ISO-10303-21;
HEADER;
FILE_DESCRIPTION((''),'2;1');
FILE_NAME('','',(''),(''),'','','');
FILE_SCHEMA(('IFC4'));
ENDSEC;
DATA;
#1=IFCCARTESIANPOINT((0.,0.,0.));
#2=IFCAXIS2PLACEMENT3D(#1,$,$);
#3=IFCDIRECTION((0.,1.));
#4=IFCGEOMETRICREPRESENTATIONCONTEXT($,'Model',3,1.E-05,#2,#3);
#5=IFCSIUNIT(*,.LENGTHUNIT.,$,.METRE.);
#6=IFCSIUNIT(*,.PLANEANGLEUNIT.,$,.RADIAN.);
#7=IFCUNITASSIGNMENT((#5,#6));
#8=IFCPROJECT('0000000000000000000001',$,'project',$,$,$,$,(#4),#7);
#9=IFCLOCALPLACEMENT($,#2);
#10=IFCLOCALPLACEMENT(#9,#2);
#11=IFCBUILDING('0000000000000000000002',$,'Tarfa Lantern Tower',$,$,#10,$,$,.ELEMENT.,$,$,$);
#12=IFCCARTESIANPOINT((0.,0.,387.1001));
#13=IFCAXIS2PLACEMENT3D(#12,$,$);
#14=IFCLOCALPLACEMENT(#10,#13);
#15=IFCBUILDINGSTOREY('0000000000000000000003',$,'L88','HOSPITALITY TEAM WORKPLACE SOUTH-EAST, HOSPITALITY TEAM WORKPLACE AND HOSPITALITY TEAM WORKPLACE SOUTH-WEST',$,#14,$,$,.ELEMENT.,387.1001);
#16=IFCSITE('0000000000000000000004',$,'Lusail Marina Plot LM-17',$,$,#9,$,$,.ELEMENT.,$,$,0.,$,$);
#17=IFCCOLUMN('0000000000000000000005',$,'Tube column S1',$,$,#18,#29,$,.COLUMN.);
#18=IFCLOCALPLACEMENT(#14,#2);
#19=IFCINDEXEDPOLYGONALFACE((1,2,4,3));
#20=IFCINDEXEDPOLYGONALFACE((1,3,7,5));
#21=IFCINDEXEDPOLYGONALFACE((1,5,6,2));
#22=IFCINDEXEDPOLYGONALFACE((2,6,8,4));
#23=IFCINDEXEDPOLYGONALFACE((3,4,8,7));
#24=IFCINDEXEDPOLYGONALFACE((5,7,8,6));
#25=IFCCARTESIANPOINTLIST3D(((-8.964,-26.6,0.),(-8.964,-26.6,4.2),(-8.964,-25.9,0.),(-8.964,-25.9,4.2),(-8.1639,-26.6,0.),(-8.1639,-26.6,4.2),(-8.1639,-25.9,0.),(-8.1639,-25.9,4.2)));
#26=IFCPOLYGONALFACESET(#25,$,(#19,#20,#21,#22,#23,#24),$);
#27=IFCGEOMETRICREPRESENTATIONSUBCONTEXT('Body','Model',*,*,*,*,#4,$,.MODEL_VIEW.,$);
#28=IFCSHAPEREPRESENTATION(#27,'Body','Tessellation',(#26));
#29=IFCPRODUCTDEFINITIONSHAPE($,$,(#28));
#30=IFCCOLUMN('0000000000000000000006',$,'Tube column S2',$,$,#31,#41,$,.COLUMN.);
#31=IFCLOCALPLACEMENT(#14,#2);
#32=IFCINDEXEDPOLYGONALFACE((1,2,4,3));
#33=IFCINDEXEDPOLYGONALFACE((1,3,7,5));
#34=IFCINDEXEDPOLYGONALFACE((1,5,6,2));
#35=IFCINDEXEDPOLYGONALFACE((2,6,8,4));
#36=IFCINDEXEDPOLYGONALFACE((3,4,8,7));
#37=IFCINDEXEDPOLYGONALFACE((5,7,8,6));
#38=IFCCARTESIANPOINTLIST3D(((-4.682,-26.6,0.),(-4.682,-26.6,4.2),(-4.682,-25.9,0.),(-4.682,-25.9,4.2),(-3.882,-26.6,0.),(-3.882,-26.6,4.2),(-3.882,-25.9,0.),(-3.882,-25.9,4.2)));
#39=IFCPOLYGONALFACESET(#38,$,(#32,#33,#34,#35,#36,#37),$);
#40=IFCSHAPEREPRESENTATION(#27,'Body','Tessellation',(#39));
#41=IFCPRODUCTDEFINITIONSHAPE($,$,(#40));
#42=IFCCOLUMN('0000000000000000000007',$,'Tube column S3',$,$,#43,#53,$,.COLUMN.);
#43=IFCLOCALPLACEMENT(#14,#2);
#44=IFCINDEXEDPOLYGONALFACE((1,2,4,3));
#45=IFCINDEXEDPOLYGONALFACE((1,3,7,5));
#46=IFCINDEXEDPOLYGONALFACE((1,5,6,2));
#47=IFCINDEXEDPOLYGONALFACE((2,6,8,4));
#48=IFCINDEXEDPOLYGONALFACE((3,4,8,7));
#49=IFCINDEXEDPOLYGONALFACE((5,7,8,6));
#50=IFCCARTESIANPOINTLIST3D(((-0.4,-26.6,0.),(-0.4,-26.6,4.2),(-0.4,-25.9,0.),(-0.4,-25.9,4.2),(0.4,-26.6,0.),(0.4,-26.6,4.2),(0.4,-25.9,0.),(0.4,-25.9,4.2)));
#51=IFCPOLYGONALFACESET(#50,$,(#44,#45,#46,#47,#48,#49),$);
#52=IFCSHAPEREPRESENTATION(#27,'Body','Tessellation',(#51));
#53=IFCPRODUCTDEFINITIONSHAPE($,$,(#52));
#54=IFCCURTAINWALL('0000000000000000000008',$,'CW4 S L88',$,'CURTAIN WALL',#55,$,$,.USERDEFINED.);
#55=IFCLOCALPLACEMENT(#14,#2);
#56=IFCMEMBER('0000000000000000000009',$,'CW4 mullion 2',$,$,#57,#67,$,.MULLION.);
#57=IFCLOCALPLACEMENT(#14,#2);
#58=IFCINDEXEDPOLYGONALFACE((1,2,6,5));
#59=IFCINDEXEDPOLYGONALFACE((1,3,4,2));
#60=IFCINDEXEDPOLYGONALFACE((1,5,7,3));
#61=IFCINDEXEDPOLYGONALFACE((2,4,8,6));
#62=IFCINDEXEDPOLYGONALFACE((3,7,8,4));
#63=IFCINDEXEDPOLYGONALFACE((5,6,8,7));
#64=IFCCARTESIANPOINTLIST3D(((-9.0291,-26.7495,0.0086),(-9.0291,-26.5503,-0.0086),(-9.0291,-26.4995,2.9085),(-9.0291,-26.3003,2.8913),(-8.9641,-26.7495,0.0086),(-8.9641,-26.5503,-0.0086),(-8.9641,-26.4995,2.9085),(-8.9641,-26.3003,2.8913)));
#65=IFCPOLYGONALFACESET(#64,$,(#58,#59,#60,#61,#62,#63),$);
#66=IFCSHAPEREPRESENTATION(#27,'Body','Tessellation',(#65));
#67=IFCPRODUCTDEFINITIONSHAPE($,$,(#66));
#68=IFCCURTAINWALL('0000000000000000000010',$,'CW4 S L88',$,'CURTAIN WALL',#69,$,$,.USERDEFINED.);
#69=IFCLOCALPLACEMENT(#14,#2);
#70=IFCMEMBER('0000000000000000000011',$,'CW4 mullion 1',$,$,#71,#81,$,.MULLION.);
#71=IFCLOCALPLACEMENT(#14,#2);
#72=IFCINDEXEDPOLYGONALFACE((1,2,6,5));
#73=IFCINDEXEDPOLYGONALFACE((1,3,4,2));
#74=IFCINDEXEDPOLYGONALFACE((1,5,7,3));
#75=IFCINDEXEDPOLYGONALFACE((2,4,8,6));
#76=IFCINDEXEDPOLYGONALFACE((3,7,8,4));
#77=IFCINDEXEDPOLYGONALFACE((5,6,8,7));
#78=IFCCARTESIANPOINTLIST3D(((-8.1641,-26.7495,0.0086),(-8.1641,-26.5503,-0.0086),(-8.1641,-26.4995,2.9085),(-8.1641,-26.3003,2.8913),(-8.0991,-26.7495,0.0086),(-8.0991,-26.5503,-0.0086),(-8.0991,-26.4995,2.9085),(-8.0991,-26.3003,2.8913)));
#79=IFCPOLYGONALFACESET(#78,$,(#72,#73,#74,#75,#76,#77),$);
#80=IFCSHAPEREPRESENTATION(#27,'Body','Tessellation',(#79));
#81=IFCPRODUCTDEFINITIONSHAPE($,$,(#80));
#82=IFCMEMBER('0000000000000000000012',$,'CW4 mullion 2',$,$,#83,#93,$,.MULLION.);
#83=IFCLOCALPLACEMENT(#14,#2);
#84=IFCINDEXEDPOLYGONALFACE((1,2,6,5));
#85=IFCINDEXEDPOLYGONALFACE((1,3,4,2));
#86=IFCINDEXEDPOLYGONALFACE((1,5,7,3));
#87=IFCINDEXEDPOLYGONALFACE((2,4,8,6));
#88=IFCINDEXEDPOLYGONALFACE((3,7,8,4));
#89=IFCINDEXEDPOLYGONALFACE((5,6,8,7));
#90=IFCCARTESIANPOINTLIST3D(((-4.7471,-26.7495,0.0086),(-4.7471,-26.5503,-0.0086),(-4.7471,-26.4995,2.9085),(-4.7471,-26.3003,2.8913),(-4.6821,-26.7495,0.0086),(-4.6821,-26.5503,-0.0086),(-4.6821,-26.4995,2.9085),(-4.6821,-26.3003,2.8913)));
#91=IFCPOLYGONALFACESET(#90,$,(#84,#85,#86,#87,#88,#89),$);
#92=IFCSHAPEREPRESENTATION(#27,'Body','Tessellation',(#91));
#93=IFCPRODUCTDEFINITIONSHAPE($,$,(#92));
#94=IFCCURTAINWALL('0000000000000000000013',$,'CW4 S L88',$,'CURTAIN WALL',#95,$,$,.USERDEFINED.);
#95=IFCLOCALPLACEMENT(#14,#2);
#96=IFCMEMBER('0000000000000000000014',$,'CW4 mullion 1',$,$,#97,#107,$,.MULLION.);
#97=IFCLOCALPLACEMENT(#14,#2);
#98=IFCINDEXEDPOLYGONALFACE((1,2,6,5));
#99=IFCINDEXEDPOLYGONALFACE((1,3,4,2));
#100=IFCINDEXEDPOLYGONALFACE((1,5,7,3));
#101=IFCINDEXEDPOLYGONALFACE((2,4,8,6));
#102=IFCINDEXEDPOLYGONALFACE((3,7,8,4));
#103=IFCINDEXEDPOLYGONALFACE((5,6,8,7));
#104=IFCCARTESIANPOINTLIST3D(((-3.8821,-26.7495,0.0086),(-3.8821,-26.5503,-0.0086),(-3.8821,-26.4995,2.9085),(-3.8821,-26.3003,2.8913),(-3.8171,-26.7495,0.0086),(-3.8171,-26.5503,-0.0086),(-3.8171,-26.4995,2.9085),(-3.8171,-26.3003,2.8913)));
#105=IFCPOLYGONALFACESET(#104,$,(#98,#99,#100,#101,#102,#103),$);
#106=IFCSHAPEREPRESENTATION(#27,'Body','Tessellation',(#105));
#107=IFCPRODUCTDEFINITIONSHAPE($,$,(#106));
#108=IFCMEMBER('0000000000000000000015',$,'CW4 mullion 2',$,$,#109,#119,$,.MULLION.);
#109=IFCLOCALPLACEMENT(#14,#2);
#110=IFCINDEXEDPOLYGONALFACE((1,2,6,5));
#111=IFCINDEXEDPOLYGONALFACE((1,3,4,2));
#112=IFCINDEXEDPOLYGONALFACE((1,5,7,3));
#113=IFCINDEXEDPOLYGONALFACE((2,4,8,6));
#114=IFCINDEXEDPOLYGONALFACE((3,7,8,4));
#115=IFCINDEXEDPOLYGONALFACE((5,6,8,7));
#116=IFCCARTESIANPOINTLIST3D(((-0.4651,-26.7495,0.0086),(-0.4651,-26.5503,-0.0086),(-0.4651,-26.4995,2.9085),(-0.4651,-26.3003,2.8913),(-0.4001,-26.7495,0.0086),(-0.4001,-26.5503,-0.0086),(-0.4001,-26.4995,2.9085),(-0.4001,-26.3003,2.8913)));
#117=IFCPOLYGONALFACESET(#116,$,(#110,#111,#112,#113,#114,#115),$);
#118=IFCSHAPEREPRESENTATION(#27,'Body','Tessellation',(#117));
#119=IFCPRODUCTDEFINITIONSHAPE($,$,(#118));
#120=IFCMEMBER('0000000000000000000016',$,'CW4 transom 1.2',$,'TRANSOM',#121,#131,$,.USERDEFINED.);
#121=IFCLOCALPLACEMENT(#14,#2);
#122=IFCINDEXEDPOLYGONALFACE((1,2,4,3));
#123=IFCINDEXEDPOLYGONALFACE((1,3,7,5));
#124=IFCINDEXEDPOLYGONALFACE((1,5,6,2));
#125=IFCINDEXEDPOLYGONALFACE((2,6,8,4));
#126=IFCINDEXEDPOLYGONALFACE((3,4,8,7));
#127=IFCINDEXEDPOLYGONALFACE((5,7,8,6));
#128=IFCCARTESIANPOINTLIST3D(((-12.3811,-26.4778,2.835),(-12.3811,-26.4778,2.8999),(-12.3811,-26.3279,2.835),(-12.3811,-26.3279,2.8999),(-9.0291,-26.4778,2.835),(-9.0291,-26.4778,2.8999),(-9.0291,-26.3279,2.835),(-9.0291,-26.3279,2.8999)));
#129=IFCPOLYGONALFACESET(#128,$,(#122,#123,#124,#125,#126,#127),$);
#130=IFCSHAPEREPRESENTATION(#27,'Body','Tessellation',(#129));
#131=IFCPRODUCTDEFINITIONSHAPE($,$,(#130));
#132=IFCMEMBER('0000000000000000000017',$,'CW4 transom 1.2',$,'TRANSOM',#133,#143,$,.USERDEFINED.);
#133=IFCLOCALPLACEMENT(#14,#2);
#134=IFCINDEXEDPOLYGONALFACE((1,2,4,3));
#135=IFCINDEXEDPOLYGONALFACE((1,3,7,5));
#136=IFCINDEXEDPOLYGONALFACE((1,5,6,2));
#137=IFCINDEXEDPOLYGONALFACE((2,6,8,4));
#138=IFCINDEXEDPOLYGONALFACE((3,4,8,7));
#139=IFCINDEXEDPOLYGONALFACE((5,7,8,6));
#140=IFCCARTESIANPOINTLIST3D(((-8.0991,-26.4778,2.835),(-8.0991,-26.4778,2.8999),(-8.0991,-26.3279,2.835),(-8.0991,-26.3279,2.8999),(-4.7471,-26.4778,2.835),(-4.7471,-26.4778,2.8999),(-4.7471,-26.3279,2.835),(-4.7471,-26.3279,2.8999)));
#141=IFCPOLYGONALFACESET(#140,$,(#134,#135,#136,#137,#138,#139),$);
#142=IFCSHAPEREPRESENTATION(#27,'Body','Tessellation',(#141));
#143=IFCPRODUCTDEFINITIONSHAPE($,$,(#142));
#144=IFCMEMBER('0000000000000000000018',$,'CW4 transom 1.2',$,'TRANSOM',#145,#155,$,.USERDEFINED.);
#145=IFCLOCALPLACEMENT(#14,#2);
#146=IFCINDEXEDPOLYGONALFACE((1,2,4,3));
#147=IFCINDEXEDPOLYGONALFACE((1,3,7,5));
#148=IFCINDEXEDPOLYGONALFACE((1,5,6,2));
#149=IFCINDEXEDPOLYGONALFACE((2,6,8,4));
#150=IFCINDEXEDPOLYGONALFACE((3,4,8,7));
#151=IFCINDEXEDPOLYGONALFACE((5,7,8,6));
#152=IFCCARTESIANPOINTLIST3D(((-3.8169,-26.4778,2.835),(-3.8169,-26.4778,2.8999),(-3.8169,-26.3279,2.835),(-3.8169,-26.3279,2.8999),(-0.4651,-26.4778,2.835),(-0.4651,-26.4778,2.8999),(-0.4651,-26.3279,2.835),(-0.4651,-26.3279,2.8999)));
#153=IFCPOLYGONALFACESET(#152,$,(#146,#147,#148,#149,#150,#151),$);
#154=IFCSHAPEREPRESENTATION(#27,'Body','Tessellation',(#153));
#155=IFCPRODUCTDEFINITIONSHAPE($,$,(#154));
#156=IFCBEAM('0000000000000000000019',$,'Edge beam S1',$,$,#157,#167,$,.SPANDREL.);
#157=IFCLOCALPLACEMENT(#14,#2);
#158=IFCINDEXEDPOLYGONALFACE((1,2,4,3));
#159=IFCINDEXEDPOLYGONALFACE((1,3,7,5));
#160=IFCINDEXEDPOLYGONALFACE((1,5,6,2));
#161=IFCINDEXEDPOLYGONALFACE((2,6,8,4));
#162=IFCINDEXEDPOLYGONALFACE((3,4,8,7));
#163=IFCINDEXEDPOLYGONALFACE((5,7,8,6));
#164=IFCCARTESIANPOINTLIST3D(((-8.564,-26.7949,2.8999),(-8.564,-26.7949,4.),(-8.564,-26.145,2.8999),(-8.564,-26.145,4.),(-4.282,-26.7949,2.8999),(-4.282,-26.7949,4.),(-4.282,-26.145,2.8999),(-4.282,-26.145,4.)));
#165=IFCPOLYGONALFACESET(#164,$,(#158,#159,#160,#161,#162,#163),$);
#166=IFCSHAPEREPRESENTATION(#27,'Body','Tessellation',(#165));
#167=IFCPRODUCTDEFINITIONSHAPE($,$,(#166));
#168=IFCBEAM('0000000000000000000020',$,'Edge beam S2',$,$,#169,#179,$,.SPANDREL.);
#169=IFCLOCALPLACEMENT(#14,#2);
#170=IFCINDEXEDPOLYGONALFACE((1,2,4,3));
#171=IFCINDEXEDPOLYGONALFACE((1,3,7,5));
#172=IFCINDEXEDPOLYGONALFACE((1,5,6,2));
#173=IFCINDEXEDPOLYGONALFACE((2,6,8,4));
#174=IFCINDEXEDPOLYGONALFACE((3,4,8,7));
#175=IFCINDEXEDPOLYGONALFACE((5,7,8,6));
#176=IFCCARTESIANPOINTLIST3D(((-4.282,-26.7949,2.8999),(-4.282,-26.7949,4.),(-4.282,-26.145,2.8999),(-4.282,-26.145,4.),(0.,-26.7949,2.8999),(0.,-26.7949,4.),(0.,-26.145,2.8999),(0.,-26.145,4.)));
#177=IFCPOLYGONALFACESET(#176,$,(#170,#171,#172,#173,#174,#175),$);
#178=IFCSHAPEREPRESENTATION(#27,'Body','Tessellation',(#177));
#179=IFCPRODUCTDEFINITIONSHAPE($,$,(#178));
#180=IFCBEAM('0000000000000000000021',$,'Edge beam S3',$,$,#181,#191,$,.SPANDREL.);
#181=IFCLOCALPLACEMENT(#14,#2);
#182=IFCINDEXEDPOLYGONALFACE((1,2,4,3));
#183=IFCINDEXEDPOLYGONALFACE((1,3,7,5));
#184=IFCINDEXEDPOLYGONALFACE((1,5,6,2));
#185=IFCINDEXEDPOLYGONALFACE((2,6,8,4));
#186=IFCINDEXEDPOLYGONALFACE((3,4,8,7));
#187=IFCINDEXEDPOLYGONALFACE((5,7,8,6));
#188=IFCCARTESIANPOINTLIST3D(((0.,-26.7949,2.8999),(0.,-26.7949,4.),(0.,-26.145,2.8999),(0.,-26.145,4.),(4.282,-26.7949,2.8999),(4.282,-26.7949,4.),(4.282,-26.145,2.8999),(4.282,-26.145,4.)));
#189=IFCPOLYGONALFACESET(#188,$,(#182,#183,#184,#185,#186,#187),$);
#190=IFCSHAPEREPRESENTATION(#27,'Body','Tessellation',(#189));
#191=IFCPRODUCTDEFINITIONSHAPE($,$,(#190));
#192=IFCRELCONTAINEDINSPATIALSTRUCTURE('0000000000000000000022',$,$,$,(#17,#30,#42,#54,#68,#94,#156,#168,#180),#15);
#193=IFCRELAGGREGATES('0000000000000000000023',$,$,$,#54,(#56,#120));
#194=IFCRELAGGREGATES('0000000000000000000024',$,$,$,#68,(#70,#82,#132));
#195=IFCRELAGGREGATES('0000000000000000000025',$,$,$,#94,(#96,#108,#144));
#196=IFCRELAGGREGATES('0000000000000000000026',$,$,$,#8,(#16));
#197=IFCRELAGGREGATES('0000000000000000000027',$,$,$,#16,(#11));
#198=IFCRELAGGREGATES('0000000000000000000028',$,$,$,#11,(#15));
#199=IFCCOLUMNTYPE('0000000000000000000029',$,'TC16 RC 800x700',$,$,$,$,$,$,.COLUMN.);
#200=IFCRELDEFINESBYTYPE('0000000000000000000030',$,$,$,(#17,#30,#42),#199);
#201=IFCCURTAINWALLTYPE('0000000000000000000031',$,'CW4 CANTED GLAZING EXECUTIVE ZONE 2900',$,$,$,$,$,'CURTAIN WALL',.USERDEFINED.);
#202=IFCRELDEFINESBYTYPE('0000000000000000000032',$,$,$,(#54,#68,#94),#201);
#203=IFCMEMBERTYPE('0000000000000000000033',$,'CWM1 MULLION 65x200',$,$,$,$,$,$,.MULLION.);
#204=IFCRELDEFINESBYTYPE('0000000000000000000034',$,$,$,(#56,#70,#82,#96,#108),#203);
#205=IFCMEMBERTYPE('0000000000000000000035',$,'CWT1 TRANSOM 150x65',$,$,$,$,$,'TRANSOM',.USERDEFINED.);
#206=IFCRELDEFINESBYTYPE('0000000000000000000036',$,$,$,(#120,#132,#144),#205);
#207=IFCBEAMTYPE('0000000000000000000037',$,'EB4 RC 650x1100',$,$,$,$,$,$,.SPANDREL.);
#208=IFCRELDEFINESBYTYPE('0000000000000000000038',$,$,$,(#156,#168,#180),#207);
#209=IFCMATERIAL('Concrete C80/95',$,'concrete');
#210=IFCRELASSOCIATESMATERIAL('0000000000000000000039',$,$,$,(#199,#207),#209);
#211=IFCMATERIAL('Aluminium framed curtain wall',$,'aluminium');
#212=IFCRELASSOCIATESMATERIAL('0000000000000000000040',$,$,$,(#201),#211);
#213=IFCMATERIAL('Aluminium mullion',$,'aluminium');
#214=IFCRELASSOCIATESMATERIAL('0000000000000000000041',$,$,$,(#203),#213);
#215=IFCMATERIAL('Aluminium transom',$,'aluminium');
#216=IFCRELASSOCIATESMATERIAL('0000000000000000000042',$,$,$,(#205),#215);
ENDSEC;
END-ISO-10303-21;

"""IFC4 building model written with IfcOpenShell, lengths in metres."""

from ifc_helpers import new_model, si_unit, direction, frame, origin, origin_2d, place, context, subcontext, project, spatial, rectangle, extrude, material, material_profile, profile_set, type_object, element, aggregate, save


model = new_model("IFC4")

# Units and contexts
model_context = context("Model", 3, precision=1e-05, world=origin(), true_north=direction((0.0, 1.0)))
body_context = subcontext(model_context, "Body", "Model", "MODEL_VIEW")
ifc_project = project(units=[si_unit("LENGTHUNIT", "METRE"), si_unit("PLANEANGLEUNIT", "RADIAN")], contexts=[model_context])

# Site, building, storey
site_placement = place(None, origin())
site = spatial("IfcSite", under=ifc_project, at=site_placement, Name="Lusail Marina Plot LM-17", CompositionType="ELEMENT", RefElevation=0.0)
building_placement = place(site_placement, origin())
building = spatial("IfcBuilding", under=site, at=building_placement, Name="Tarfa Lantern Tower", CompositionType="ELEMENT")
storey_placement = place(building_placement, frame((0.0, 0.0, 387.1001)))
storey = spatial("IfcBuildingStorey", under=building, at=storey_placement, Name="L88", Description="HOSPITALITY TEAM WORKPLACE SOUTH-EAST, HOSPITALITY TEAM WORKPLACE AND HOSPITALITY TEAM WORKPLACE SOUTH-WEST", CompositionType="ELEMENT", Elevation=387.1001)

# Columns
ifc_material_1 = material(Name="Concrete C80/95", Category="concrete")
ifc_material_profile_1 = material_profile(ifc_material_1, rectangle(XDim=0.8, YDim=0.7, at=origin_2d()), Name="RC 800x700")
ifc_profile_set_1 = profile_set([ifc_material_profile_1], Name="Concrete C80/95")
column_type = type_object("IfcColumnType", Name="TC16 RC 800x700", PredefinedType="COLUMN", material=ifc_profile_set_1)
for number, where, z_axis, x_axis, name in (
    (1, (-8.564, -26.25, 0.0), (0.0, 0.0, 1.0), (1.0, 0.0, 0.0), "Tube column S1"),
    (2, (-4.282, -26.25, 0.0), (0.0, 0.0, 1.0), (1.0, 0.0, 0.0), "Tube column S2"),
    (3, (0.0, -26.25, 0.0), (0.0, 0.0, 1.0), (1.0, 0.0, 0.0), "Tube column S3"),
):
    element("IfcColumn", number, at=place(storey_placement, frame(where, z_axis=z_axis, x_axis=x_axis)), inside=storey, type_object=column_type, Name=name, PredefinedType="COLUMN", context=body_context, shape_type="SweptSolid", body=[
        extrude(rectangle(XDim=0.8, YDim=0.7, at=origin_2d()), origin(), (0.0, 0.0, 1.0), 4.2),
    ])

# Curtain wall, member
ifc_material_2 = material(Name="Aluminium framed curtain wall", Category="aluminium")
curtain_wall_type = type_object("IfcCurtainWallType", Name="CW4 CANTED GLAZING EXECUTIVE ZONE 2900", ElementType="CURTAIN WALL", PredefinedType="USERDEFINED", material=ifc_material_2)
curtain_wall_1_placement = place(storey_placement, origin())
curtain_wall_1 = element("IfcCurtainWall", 4, at=curtain_wall_1_placement, inside=storey, type_object=curtain_wall_type, Name="CW4 S L88", ObjectType="CURTAIN WALL", PredefinedType="USERDEFINED")
ifc_material_3 = material(Name="Aluminium mullion", Category="aluminium")
ifc_material_profile_2 = material_profile(ifc_material_3, rectangle(XDim=0.0649, YDim=0.2, at=origin_2d()), Name="AL MULLION 65x200")
ifc_profile_set_2 = profile_set([ifc_material_profile_2], Name="Aluminium mullion")
member_type_1 = type_object("IfcMemberType", Name="CWM1 MULLION 65x200", PredefinedType="MULLION", material=ifc_profile_set_2)
member_1_placement = place(storey_placement, frame((-8.9966, -26.6499, 0.0), z_axis=(0.0, 0.085891, 0.996305), x_axis=(-1.0, 0.0, 0.0)))
member_1 = element("IfcMember", 5, at=member_1_placement, type_object=member_type_1, Name="CW4 mullion 2", PredefinedType="MULLION", context=body_context, shape_type="SweptSolid", body=[
    extrude(rectangle(XDim=0.0649, YDim=0.2, at=origin_2d()), origin(), (0.0, 0.0, 1.0), 2.9106),
])

# Curtain walls, members
curtain_wall_2_placement = place(storey_placement, origin())
curtain_wall_2 = element("IfcCurtainWall", 6, at=curtain_wall_2_placement, inside=storey, type_object=curtain_wall_type, Name="CW4 S L88", ObjectType="CURTAIN WALL", PredefinedType="USERDEFINED")
member_2_placement = place(storey_placement, frame((-8.1316, -26.6499, 0.0), z_axis=(0.0, 0.085891, 0.996305), x_axis=(-1.0, 0.0, 0.0)))
member_2 = element("IfcMember", 7, at=member_2_placement, type_object=member_type_1, Name="CW4 mullion 1", PredefinedType="MULLION", context=body_context, shape_type="SweptSolid", body=[
    extrude(rectangle(XDim=0.0649, YDim=0.2, at=origin_2d()), origin(), (0.0, 0.0, 1.0), 2.9106),
])
member_3_placement = place(storey_placement, frame((-4.7146, -26.6499, 0.0), z_axis=(0.0, 0.085891, 0.996305), x_axis=(-1.0, 0.0, 0.0)))
member_3 = element("IfcMember", 8, at=member_3_placement, type_object=member_type_1, Name="CW4 mullion 2", PredefinedType="MULLION", context=body_context, shape_type="SweptSolid", body=[
    extrude(rectangle(XDim=0.0649, YDim=0.2, at=origin_2d()), origin(), (0.0, 0.0, 1.0), 2.9106),
])
curtain_wall_3_placement = place(storey_placement, origin())
curtain_wall_3 = element("IfcCurtainWall", 9, at=curtain_wall_3_placement, inside=storey, type_object=curtain_wall_type, Name="CW4 S L88", ObjectType="CURTAIN WALL", PredefinedType="USERDEFINED")
member_4_placement = place(storey_placement, frame((-3.8496, -26.6499, 0.0), z_axis=(0.0, 0.085891, 0.996305), x_axis=(-1.0, 0.0, 0.0)))
member_4 = element("IfcMember", 10, at=member_4_placement, type_object=member_type_1, Name="CW4 mullion 1", PredefinedType="MULLION", context=body_context, shape_type="SweptSolid", body=[
    extrude(rectangle(XDim=0.0649, YDim=0.2, at=origin_2d()), origin(), (0.0, 0.0, 1.0), 2.9106),
])
member_5_placement = place(storey_placement, frame((-0.4326, -26.6499, 0.0), z_axis=(0.0, 0.085891, 0.996305), x_axis=(-1.0, 0.0, 0.0)))
member_5 = element("IfcMember", 11, at=member_5_placement, type_object=member_type_1, Name="CW4 mullion 2", PredefinedType="MULLION", context=body_context, shape_type="SweptSolid", body=[
    extrude(rectangle(XDim=0.0649, YDim=0.2, at=origin_2d()), origin(), (0.0, 0.0, 1.0), 2.9106),
])

# Members
ifc_material_4 = material(Name="Aluminium transom", Category="aluminium")
ifc_material_profile_3 = material_profile(ifc_material_4, rectangle(XDim=0.1499, YDim=0.0649, at=origin_2d()), Name="AL TRANSOM 150x65")
ifc_profile_set_3 = profile_set([ifc_material_profile_3], Name="Aluminium transom")
member_type_2 = type_object("IfcMemberType", Name="CWT1 TRANSOM 150x65", ElementType="TRANSOM", PredefinedType="USERDEFINED", material=ifc_profile_set_3)
member_6_placement = place(storey_placement, frame((-12.3811, -26.4028, 2.8674), z_axis=(1.0, 0.0, 0.0), x_axis=(0.0, 1.0, 0.0)))
member_6 = element("IfcMember", 12, at=member_6_placement, type_object=member_type_2, Name="CW4 transom 1.2", ObjectType="TRANSOM", PredefinedType="USERDEFINED", context=body_context, shape_type="SweptSolid", body=[
    extrude(rectangle(XDim=0.1499, YDim=0.0649, at=origin_2d()), origin(), (0.0, 0.0, 1.0), 3.3521),
])
member_7_placement = place(storey_placement, frame((-8.0991, -26.4028, 2.8674), z_axis=(1.0, 0.0, 0.0), x_axis=(0.0, 1.0, 0.0)))
member_7 = element("IfcMember", 13, at=member_7_placement, type_object=member_type_2, Name="CW4 transom 1.2", ObjectType="TRANSOM", PredefinedType="USERDEFINED", context=body_context, shape_type="SweptSolid", body=[
    extrude(rectangle(XDim=0.1499, YDim=0.0649, at=origin_2d()), origin(), (0.0, 0.0, 1.0), 3.3521),
])
member_8_placement = place(storey_placement, frame((-3.8169, -26.4028, 2.8674), z_axis=(1.0, 0.0, 0.0), x_axis=(0.0, 1.0, 0.0)))
member_8 = element("IfcMember", 14, at=member_8_placement, type_object=member_type_2, Name="CW4 transom 1.2", ObjectType="TRANSOM", PredefinedType="USERDEFINED", context=body_context, shape_type="SweptSolid", body=[
    extrude(rectangle(XDim=0.1499, YDim=0.0649, at=origin_2d()), origin(), (0.0, 0.0, 1.0), 3.3518),
])

# Beams
ifc_material_profile_4 = material_profile(ifc_material_1, rectangle(XDim=0.6499, YDim=1.1001, at=origin_2d()), Name="RC 650x1100")
ifc_profile_set_4 = profile_set([ifc_material_profile_4], Name="Concrete C80/95")
beam_type_1 = type_object("IfcBeamType", Name="EB4 RC 650x1100", PredefinedType="SPANDREL", material=ifc_profile_set_4)
for number, where, z_axis, x_axis, name in (
    (15, (-8.564, -26.47, 3.45), (1.0, 0.0, 0.0), (0.0, 1.0, 0.0), "Edge beam S1"),
    (16, (-4.282, -26.47, 3.45), (1.0, 0.0, 0.0), (0.0, 1.0, 0.0), "Edge beam S2"),
    (17, (0.0, -26.47, 3.45), (1.0, 0.0, 0.0), (0.0, 1.0, 0.0), "Edge beam S3"),
):
    element("IfcBeam", number, at=place(storey_placement, frame(where, z_axis=z_axis, x_axis=x_axis)), inside=storey, type_object=beam_type_1, Name=name, PredefinedType="SPANDREL", context=body_context, shape_type="SweptSolid", body=[
        extrude(rectangle(XDim=0.6499, YDim=1.1001, at=origin_2d()), origin(), (0.0, 0.0, 1.0), 4.282),
    ])

aggregate(curtain_wall_1, [member_1, member_6])
aggregate(curtain_wall_2, [member_2, member_3, member_7])
aggregate(curtain_wall_3, [member_4, member_5, member_8])

save(model, "model.ifc")
